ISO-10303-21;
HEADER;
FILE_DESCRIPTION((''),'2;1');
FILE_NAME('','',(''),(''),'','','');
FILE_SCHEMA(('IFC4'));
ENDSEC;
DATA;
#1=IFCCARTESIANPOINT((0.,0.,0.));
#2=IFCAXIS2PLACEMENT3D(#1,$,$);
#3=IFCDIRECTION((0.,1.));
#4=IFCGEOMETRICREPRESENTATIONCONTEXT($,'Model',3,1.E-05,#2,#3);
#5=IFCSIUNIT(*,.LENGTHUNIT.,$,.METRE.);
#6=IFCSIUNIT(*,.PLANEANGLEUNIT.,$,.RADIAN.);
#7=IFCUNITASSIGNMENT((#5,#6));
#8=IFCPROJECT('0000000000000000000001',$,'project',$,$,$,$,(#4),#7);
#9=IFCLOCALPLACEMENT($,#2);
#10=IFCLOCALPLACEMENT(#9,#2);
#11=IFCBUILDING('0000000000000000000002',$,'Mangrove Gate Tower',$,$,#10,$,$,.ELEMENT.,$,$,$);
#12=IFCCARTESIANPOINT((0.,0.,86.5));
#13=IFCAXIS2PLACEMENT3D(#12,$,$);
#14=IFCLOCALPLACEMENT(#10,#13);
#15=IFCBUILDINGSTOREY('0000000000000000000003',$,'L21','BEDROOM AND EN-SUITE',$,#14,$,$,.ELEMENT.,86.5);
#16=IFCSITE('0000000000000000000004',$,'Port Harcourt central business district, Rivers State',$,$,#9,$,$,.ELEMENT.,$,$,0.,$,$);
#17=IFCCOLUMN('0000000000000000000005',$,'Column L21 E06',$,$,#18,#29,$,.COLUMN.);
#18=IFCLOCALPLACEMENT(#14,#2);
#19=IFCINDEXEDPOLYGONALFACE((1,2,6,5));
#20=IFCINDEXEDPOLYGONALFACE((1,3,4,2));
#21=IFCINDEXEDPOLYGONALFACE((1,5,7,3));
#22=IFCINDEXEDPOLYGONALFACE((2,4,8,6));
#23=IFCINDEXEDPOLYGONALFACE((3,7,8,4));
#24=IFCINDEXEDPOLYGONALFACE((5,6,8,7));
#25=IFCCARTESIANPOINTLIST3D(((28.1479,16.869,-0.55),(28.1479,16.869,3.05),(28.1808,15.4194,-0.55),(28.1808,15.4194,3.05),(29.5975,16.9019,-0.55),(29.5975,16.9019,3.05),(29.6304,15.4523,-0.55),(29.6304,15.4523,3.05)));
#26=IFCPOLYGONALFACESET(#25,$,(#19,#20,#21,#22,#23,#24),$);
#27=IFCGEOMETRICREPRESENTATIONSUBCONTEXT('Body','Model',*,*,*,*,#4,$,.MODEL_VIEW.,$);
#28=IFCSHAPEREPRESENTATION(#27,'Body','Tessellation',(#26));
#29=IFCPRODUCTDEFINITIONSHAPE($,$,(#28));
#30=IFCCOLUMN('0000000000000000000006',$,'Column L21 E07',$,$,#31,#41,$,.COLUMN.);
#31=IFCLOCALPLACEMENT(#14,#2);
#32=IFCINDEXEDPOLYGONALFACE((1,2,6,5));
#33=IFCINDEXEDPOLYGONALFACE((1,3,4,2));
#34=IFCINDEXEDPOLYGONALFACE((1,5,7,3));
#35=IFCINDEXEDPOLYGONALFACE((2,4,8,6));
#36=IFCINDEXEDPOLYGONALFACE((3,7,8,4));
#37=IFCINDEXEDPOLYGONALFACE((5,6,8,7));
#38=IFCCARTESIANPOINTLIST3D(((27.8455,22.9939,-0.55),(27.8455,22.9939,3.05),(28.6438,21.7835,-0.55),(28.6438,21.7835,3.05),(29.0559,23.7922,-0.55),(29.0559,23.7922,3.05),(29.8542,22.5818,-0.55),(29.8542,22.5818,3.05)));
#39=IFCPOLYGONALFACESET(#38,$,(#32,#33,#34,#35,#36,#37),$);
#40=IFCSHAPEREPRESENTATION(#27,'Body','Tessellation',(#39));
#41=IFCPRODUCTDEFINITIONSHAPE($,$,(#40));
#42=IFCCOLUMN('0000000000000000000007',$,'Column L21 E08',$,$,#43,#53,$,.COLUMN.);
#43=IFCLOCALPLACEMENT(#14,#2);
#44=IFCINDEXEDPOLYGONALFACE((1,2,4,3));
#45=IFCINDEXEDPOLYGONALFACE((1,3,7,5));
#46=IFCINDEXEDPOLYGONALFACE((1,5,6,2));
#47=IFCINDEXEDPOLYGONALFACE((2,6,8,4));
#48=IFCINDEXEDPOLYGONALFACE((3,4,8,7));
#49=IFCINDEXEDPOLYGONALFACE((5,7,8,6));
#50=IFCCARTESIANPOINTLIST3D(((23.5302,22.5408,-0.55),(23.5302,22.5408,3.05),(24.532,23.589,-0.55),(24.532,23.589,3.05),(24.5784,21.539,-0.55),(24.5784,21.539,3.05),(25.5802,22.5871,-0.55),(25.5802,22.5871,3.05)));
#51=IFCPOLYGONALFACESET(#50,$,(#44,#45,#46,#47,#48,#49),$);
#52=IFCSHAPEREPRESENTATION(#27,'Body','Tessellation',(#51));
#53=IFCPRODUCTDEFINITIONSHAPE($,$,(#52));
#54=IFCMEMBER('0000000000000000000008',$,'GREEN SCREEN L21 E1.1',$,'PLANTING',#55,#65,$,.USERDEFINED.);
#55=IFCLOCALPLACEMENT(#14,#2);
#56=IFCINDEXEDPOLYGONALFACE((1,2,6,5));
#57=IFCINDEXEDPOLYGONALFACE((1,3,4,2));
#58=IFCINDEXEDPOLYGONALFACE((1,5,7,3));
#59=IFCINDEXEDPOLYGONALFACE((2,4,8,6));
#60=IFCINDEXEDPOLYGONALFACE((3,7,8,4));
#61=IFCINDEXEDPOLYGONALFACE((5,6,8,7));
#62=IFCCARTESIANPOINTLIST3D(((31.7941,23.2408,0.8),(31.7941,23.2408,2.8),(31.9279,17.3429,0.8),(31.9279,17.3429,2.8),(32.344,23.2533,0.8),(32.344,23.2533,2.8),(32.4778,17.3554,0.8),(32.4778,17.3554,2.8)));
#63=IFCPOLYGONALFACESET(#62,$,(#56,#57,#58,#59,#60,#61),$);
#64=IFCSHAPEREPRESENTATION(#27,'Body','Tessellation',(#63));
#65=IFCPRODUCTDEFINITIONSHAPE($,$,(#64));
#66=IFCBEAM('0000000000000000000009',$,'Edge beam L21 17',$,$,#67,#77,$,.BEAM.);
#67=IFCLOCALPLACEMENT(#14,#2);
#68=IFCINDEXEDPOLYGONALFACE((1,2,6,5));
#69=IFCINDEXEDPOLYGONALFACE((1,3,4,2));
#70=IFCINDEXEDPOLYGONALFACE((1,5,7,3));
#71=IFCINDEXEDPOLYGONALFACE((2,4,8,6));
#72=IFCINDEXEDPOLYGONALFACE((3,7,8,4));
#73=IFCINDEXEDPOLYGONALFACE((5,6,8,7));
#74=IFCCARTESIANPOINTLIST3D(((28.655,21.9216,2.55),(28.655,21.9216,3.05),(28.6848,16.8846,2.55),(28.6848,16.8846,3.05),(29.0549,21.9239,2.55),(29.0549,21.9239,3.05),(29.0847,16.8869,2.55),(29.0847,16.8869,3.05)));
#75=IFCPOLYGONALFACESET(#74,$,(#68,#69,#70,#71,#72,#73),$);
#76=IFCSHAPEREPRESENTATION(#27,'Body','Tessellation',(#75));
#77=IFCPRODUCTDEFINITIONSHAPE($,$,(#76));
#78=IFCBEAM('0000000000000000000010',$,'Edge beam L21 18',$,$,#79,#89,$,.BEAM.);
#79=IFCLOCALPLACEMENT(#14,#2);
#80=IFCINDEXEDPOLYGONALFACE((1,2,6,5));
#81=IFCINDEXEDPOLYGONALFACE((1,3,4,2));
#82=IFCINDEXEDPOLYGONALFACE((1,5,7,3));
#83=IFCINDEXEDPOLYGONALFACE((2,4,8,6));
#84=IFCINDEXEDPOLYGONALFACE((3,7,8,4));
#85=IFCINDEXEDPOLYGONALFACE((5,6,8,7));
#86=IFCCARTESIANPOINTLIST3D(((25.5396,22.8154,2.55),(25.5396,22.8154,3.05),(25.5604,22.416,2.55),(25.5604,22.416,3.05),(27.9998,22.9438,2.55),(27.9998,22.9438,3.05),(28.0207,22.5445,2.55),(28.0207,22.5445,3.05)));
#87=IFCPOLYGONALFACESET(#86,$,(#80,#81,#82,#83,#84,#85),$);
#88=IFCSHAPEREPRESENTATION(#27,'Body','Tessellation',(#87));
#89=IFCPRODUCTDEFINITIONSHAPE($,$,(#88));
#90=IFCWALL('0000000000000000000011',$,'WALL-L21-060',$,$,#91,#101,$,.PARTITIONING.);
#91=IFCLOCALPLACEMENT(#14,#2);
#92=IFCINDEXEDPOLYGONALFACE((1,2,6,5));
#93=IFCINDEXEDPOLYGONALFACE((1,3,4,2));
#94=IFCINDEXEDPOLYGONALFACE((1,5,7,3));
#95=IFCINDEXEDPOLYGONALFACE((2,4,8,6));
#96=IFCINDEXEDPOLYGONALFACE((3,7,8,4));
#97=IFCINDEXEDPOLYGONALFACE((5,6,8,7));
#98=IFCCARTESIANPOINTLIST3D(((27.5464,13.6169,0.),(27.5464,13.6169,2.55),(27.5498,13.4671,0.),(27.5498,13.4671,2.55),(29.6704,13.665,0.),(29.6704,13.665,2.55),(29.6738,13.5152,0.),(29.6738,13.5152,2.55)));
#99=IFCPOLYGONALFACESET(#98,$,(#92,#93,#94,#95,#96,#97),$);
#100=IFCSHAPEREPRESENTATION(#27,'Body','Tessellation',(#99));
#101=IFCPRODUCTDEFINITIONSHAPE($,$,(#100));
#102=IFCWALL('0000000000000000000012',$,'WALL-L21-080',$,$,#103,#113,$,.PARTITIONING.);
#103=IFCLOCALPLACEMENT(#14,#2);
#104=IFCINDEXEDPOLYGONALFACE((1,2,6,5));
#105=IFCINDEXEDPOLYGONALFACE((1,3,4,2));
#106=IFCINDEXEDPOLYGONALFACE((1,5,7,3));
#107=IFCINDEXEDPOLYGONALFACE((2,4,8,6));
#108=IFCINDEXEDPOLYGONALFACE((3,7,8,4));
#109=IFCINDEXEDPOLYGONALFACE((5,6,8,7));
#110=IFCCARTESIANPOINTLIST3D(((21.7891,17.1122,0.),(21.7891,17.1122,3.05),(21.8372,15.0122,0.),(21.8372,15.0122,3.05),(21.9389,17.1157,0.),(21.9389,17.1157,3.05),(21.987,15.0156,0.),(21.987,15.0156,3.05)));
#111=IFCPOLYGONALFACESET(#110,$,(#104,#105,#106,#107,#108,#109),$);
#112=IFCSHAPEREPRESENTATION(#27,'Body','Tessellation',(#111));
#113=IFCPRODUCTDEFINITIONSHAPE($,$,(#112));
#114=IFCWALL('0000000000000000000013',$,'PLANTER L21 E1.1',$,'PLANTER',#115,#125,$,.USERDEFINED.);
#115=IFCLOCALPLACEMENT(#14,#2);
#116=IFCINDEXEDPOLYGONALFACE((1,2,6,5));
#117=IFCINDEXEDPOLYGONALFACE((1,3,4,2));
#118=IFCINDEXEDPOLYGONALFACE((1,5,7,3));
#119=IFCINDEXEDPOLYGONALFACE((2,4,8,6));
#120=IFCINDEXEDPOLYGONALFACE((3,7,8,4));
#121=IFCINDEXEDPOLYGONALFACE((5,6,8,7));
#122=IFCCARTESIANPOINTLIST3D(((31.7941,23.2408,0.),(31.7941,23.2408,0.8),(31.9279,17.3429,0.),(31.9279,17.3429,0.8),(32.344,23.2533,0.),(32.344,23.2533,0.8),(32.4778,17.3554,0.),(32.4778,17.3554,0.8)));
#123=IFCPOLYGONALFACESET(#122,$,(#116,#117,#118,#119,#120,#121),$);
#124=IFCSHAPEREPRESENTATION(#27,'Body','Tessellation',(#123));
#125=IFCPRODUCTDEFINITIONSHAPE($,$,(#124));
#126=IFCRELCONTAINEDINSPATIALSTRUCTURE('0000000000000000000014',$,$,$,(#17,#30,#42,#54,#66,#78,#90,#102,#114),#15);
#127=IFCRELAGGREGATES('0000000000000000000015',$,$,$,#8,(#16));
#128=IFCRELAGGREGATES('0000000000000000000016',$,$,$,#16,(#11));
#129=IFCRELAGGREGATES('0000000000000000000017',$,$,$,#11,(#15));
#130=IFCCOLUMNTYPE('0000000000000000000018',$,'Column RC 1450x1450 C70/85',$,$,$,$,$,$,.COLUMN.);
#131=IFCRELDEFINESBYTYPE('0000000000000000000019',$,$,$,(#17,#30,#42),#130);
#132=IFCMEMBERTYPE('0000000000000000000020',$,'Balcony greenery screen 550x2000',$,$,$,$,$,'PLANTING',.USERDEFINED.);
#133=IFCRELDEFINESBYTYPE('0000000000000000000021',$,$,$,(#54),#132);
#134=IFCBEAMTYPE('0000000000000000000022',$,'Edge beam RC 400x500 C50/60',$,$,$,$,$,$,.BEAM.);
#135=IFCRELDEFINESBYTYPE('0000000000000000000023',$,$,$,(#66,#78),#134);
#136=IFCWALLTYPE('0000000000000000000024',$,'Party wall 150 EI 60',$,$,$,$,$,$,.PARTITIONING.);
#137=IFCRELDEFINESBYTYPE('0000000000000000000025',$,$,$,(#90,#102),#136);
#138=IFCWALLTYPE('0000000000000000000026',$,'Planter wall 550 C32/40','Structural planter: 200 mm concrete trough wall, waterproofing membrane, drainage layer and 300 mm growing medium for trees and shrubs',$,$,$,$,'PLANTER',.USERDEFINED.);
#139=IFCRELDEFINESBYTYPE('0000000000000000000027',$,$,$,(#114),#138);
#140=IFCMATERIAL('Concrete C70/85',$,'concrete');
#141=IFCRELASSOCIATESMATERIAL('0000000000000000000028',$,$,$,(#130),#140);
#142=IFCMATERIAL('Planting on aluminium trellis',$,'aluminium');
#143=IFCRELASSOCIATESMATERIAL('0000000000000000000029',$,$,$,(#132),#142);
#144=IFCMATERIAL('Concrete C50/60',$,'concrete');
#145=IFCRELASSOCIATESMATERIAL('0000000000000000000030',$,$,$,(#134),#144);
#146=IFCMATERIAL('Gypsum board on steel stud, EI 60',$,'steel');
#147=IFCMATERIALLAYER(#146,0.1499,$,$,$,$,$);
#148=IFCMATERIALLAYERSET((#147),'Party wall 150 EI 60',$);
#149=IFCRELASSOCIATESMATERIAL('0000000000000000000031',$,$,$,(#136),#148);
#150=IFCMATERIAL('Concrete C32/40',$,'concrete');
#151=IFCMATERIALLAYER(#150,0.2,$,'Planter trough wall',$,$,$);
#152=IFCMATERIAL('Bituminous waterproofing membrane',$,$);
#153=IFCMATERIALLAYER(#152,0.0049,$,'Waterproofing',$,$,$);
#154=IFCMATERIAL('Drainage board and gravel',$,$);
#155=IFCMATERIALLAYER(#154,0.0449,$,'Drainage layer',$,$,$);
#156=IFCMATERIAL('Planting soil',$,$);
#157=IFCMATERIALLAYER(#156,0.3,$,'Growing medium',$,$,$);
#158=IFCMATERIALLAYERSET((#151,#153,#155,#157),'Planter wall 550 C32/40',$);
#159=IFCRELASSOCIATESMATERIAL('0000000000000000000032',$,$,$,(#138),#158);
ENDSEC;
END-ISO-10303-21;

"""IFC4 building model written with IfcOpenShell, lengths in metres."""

from ifc_helpers import new_model, si_unit, direction, frame, frame_2d, origin, origin_2d, place, context, subcontext, project, spatial, rectangle, extrude, material, layer, layer_set, material_profile, profile_set, type_object, element, save


model = new_model("IFC4")

# Units and contexts
model_context = context("Model", 3, precision=1e-05, world=origin(), true_north=direction((0.0, 1.0)))
body_context = subcontext(model_context, "Body", "Model", "MODEL_VIEW")
ifc_project = project(units=[si_unit("LENGTHUNIT", "METRE"), si_unit("PLANEANGLEUNIT", "RADIAN")], contexts=[model_context])

# Site, building, storey
site_placement = place(None, origin())
site = spatial("IfcSite", under=ifc_project, at=site_placement, Name="Port Harcourt central business district, Rivers State", CompositionType="ELEMENT", RefElevation=0.0)
building_placement = place(site_placement, origin())
building = spatial("IfcBuilding", under=site, at=building_placement, Name="Mangrove Gate Tower", CompositionType="ELEMENT")
storey_placement = place(building_placement, frame((0.0, 0.0, 86.5)))
storey = spatial("IfcBuildingStorey", under=building, at=storey_placement, Name="L21", Description="BEDROOM AND EN-SUITE", CompositionType="ELEMENT", Elevation=86.5)

# Columns
ifc_material_1 = material(Name="Concrete C70/85", Category="concrete")
ifc_material_profile_1 = material_profile(ifc_material_1, rectangle(XDim=1.45, YDim=1.45, at=origin_2d()))
ifc_profile_set_1 = profile_set([ifc_material_profile_1], Name="Concrete C70/85")
column_type = type_object("IfcColumnType", Name="Column RC 1450x1450 C70/85", PredefinedType="COLUMN", material=ifc_profile_set_1)
for number, where, z_axis, x_axis, name in (
    (1, (28.8892, 16.1606, -0.55), (0.0, 0.0, 1.0), (-0.022674, 0.999743, 0.0), "Column L21 E06"),
    (2, (28.8499, 22.7878, -0.55), (0.0, 0.0, 1.0), (-0.550568, 0.83479, 0.0), "Column L21 E07"),
    (3, (24.5552, 22.564, -0.55), (0.0, 0.0, 1.0), (-0.722914, 0.690938, 0.0), "Column L21 E08"),
):
    element("IfcColumn", number, at=place(storey_placement, frame(where, z_axis=z_axis, x_axis=x_axis)), inside=storey, type_object=column_type, Name=name, PredefinedType="COLUMN", context=body_context, shape_type="SweptSolid", body=[
        extrude(rectangle(XDim=1.45, YDim=1.45, at=origin_2d()), origin(), (0.0, 0.0, 1.0), 3.6001),
    ])

# Member
ifc_material_2 = material(Name="Planting on aluminium trellis", Category="aluminium")
ifc_material_profile_2 = material_profile(ifc_material_2, rectangle(XDim=0.55, YDim=2.0, at=origin_2d()))
ifc_profile_set_2 = profile_set([ifc_material_profile_2], Name="Planting on aluminium trellis")
member_type = type_object("IfcMemberType", Name="Balcony greenery screen 550x2000", ElementType="PLANTING", PredefinedType="USERDEFINED", material=ifc_profile_set_2)
member_placement = place(storey_placement, frame((32.2029, 17.3491, 1.8), z_axis=(-0.022678, 0.999743, 0.0), x_axis=(-0.999743, -0.022678, 0.0)))
element("IfcMember", 4, at=member_placement, inside=storey, type_object=member_type, Name="GREEN SCREEN L21 E1.1", ObjectType="PLANTING", PredefinedType="USERDEFINED", context=body_context, shape_type="SweptSolid", body=[
    extrude(rectangle(XDim=0.55, YDim=2.0, at=origin_2d()), origin(), (0.0, 0.0, 1.0), 5.8994),
])

# Beams
ifc_material_3 = material(Name="Concrete C50/60", Category="concrete")
ifc_material_profile_3 = material_profile(ifc_material_3, rectangle(XDim=0.3999, YDim=0.5, at=origin_2d()))
ifc_profile_set_3 = profile_set([ifc_material_profile_3], Name="Concrete C50/60")
beam_type = type_object("IfcBeamType", Name="Edge beam RC 400x500 C50/60", PredefinedType="BEAM", material=ifc_profile_set_3)
beam_1_placement = place(storey_placement, frame((28.8848, 16.8857, 2.8), z_axis=(-0.005913, 0.999983, 0.0), x_axis=(-0.999983, -0.005913, 0.0)))
element("IfcBeam", 5, at=beam_1_placement, inside=storey, type_object=beam_type, Name="Edge beam L21 17", PredefinedType="BEAM", context=body_context, shape_type="SweptSolid", body=[
    extrude(rectangle(XDim=0.3999, YDim=0.5, at=origin_2d()), origin(), (0.0, 0.0, 1.0), 5.0371),
])
beam_2_placement = place(storey_placement, frame((28.0103, 22.7441, 2.8), z_axis=(-0.99864, -0.052127, 0.0), x_axis=(0.052127, -0.99864, 0.0)))
element("IfcBeam", 6, at=beam_2_placement, inside=storey, type_object=beam_type, Name="Edge beam L21 18", PredefinedType="BEAM", context=body_context, shape_type="SweptSolid", body=[
    extrude(rectangle(XDim=0.3999, YDim=0.5, at=origin_2d()), origin(), (0.0, 0.0, 1.0), 2.4636),
])

# Walls
ifc_material_4 = material(Name="Gypsum board on steel stud, EI 60", Category="steel")
ifc_layer_1 = layer(ifc_material_4, 0.1499)
ifc_layer_set_1 = layer_set([ifc_layer_1], Name="Party wall 150 EI 60")
wall_type_1 = type_object("IfcWallType", Name="Party wall 150 EI 60", PredefinedType="PARTITIONING", material=ifc_layer_set_1)
wall_1_placement = place(storey_placement, frame((27.5481, 13.542, 0.0), z_axis=(0.0, 0.0, 1.0), x_axis=(0.999744, 0.022638, 0.0)))
element("IfcWall", 7, at=wall_1_placement, inside=storey, type_object=wall_type_1, Name="WALL-L21-060", PredefinedType="PARTITIONING", context=body_context, shape_type="SweptSolid", body=[
    extrude(rectangle(XDim=2.1245, YDim=0.1499, at=frame_2d((1.0623, 0.0))), origin(), (0.0, 0.0, 1.0), 2.55),
])
wall_2_placement = place(storey_placement, frame((21.9121, 15.0139, 0.0), z_axis=(0.0, 0.0, 1.0), x_axis=(-0.022896, 0.999738, 0.0)))
element("IfcWall", 8, at=wall_2_placement, inside=storey, type_object=wall_type_1, Name="WALL-L21-080", PredefinedType="PARTITIONING", context=body_context, shape_type="SweptSolid", body=[
    extrude(rectangle(XDim=2.1006, YDim=0.1499, at=frame_2d((1.0503, 0.0))), origin(), (0.0, 0.0, 1.0), 3.05),
])
ifc_material_5 = material(Name="Concrete C32/40", Category="concrete")
ifc_layer_2 = layer(ifc_material_5, 0.2, Name="Planter trough wall")
ifc_material_6 = material(Name="Bituminous waterproofing membrane")
ifc_layer_3 = layer(ifc_material_6, 0.0049, Name="Waterproofing")
ifc_material_7 = material(Name="Drainage board and gravel")
ifc_layer_4 = layer(ifc_material_7, 0.0449, Name="Drainage layer")
ifc_material_8 = material(Name="Planting soil")
ifc_layer_5 = layer(ifc_material_8, 0.3, Name="Growing medium")
ifc_layer_set_2 = layer_set([ifc_layer_2, ifc_layer_3, ifc_layer_4, ifc_layer_5], Name="Planter wall 550 C32/40")
wall_type_2 = type_object("IfcWallType", Name="Planter wall 550 C32/40", Description="Structural planter: 200 mm concrete trough wall, waterproofing membrane, drainage layer and 300 mm growing medium for trees and shrubs", ElementType="PLANTER", PredefinedType="USERDEFINED", material=ifc_layer_set_2)
wall_3_placement = place(storey_placement, frame((32.2029, 17.3491, 0.0), z_axis=(0.0, 0.0, 1.0), x_axis=(-0.022678, 0.999743, 0.0)))
element("IfcWall", 9, at=wall_3_placement, inside=storey, type_object=wall_type_2, Name="PLANTER L21 E1.1", ObjectType="PLANTER", PredefinedType="USERDEFINED", context=body_context, shape_type="SweptSolid", body=[
    extrude(rectangle(XDim=5.8994, YDim=0.55, at=frame_2d((2.9497, 0.0))), origin(), (0.0, 0.0, 1.0), 0.8),
])

save(model, "model.ifc")
